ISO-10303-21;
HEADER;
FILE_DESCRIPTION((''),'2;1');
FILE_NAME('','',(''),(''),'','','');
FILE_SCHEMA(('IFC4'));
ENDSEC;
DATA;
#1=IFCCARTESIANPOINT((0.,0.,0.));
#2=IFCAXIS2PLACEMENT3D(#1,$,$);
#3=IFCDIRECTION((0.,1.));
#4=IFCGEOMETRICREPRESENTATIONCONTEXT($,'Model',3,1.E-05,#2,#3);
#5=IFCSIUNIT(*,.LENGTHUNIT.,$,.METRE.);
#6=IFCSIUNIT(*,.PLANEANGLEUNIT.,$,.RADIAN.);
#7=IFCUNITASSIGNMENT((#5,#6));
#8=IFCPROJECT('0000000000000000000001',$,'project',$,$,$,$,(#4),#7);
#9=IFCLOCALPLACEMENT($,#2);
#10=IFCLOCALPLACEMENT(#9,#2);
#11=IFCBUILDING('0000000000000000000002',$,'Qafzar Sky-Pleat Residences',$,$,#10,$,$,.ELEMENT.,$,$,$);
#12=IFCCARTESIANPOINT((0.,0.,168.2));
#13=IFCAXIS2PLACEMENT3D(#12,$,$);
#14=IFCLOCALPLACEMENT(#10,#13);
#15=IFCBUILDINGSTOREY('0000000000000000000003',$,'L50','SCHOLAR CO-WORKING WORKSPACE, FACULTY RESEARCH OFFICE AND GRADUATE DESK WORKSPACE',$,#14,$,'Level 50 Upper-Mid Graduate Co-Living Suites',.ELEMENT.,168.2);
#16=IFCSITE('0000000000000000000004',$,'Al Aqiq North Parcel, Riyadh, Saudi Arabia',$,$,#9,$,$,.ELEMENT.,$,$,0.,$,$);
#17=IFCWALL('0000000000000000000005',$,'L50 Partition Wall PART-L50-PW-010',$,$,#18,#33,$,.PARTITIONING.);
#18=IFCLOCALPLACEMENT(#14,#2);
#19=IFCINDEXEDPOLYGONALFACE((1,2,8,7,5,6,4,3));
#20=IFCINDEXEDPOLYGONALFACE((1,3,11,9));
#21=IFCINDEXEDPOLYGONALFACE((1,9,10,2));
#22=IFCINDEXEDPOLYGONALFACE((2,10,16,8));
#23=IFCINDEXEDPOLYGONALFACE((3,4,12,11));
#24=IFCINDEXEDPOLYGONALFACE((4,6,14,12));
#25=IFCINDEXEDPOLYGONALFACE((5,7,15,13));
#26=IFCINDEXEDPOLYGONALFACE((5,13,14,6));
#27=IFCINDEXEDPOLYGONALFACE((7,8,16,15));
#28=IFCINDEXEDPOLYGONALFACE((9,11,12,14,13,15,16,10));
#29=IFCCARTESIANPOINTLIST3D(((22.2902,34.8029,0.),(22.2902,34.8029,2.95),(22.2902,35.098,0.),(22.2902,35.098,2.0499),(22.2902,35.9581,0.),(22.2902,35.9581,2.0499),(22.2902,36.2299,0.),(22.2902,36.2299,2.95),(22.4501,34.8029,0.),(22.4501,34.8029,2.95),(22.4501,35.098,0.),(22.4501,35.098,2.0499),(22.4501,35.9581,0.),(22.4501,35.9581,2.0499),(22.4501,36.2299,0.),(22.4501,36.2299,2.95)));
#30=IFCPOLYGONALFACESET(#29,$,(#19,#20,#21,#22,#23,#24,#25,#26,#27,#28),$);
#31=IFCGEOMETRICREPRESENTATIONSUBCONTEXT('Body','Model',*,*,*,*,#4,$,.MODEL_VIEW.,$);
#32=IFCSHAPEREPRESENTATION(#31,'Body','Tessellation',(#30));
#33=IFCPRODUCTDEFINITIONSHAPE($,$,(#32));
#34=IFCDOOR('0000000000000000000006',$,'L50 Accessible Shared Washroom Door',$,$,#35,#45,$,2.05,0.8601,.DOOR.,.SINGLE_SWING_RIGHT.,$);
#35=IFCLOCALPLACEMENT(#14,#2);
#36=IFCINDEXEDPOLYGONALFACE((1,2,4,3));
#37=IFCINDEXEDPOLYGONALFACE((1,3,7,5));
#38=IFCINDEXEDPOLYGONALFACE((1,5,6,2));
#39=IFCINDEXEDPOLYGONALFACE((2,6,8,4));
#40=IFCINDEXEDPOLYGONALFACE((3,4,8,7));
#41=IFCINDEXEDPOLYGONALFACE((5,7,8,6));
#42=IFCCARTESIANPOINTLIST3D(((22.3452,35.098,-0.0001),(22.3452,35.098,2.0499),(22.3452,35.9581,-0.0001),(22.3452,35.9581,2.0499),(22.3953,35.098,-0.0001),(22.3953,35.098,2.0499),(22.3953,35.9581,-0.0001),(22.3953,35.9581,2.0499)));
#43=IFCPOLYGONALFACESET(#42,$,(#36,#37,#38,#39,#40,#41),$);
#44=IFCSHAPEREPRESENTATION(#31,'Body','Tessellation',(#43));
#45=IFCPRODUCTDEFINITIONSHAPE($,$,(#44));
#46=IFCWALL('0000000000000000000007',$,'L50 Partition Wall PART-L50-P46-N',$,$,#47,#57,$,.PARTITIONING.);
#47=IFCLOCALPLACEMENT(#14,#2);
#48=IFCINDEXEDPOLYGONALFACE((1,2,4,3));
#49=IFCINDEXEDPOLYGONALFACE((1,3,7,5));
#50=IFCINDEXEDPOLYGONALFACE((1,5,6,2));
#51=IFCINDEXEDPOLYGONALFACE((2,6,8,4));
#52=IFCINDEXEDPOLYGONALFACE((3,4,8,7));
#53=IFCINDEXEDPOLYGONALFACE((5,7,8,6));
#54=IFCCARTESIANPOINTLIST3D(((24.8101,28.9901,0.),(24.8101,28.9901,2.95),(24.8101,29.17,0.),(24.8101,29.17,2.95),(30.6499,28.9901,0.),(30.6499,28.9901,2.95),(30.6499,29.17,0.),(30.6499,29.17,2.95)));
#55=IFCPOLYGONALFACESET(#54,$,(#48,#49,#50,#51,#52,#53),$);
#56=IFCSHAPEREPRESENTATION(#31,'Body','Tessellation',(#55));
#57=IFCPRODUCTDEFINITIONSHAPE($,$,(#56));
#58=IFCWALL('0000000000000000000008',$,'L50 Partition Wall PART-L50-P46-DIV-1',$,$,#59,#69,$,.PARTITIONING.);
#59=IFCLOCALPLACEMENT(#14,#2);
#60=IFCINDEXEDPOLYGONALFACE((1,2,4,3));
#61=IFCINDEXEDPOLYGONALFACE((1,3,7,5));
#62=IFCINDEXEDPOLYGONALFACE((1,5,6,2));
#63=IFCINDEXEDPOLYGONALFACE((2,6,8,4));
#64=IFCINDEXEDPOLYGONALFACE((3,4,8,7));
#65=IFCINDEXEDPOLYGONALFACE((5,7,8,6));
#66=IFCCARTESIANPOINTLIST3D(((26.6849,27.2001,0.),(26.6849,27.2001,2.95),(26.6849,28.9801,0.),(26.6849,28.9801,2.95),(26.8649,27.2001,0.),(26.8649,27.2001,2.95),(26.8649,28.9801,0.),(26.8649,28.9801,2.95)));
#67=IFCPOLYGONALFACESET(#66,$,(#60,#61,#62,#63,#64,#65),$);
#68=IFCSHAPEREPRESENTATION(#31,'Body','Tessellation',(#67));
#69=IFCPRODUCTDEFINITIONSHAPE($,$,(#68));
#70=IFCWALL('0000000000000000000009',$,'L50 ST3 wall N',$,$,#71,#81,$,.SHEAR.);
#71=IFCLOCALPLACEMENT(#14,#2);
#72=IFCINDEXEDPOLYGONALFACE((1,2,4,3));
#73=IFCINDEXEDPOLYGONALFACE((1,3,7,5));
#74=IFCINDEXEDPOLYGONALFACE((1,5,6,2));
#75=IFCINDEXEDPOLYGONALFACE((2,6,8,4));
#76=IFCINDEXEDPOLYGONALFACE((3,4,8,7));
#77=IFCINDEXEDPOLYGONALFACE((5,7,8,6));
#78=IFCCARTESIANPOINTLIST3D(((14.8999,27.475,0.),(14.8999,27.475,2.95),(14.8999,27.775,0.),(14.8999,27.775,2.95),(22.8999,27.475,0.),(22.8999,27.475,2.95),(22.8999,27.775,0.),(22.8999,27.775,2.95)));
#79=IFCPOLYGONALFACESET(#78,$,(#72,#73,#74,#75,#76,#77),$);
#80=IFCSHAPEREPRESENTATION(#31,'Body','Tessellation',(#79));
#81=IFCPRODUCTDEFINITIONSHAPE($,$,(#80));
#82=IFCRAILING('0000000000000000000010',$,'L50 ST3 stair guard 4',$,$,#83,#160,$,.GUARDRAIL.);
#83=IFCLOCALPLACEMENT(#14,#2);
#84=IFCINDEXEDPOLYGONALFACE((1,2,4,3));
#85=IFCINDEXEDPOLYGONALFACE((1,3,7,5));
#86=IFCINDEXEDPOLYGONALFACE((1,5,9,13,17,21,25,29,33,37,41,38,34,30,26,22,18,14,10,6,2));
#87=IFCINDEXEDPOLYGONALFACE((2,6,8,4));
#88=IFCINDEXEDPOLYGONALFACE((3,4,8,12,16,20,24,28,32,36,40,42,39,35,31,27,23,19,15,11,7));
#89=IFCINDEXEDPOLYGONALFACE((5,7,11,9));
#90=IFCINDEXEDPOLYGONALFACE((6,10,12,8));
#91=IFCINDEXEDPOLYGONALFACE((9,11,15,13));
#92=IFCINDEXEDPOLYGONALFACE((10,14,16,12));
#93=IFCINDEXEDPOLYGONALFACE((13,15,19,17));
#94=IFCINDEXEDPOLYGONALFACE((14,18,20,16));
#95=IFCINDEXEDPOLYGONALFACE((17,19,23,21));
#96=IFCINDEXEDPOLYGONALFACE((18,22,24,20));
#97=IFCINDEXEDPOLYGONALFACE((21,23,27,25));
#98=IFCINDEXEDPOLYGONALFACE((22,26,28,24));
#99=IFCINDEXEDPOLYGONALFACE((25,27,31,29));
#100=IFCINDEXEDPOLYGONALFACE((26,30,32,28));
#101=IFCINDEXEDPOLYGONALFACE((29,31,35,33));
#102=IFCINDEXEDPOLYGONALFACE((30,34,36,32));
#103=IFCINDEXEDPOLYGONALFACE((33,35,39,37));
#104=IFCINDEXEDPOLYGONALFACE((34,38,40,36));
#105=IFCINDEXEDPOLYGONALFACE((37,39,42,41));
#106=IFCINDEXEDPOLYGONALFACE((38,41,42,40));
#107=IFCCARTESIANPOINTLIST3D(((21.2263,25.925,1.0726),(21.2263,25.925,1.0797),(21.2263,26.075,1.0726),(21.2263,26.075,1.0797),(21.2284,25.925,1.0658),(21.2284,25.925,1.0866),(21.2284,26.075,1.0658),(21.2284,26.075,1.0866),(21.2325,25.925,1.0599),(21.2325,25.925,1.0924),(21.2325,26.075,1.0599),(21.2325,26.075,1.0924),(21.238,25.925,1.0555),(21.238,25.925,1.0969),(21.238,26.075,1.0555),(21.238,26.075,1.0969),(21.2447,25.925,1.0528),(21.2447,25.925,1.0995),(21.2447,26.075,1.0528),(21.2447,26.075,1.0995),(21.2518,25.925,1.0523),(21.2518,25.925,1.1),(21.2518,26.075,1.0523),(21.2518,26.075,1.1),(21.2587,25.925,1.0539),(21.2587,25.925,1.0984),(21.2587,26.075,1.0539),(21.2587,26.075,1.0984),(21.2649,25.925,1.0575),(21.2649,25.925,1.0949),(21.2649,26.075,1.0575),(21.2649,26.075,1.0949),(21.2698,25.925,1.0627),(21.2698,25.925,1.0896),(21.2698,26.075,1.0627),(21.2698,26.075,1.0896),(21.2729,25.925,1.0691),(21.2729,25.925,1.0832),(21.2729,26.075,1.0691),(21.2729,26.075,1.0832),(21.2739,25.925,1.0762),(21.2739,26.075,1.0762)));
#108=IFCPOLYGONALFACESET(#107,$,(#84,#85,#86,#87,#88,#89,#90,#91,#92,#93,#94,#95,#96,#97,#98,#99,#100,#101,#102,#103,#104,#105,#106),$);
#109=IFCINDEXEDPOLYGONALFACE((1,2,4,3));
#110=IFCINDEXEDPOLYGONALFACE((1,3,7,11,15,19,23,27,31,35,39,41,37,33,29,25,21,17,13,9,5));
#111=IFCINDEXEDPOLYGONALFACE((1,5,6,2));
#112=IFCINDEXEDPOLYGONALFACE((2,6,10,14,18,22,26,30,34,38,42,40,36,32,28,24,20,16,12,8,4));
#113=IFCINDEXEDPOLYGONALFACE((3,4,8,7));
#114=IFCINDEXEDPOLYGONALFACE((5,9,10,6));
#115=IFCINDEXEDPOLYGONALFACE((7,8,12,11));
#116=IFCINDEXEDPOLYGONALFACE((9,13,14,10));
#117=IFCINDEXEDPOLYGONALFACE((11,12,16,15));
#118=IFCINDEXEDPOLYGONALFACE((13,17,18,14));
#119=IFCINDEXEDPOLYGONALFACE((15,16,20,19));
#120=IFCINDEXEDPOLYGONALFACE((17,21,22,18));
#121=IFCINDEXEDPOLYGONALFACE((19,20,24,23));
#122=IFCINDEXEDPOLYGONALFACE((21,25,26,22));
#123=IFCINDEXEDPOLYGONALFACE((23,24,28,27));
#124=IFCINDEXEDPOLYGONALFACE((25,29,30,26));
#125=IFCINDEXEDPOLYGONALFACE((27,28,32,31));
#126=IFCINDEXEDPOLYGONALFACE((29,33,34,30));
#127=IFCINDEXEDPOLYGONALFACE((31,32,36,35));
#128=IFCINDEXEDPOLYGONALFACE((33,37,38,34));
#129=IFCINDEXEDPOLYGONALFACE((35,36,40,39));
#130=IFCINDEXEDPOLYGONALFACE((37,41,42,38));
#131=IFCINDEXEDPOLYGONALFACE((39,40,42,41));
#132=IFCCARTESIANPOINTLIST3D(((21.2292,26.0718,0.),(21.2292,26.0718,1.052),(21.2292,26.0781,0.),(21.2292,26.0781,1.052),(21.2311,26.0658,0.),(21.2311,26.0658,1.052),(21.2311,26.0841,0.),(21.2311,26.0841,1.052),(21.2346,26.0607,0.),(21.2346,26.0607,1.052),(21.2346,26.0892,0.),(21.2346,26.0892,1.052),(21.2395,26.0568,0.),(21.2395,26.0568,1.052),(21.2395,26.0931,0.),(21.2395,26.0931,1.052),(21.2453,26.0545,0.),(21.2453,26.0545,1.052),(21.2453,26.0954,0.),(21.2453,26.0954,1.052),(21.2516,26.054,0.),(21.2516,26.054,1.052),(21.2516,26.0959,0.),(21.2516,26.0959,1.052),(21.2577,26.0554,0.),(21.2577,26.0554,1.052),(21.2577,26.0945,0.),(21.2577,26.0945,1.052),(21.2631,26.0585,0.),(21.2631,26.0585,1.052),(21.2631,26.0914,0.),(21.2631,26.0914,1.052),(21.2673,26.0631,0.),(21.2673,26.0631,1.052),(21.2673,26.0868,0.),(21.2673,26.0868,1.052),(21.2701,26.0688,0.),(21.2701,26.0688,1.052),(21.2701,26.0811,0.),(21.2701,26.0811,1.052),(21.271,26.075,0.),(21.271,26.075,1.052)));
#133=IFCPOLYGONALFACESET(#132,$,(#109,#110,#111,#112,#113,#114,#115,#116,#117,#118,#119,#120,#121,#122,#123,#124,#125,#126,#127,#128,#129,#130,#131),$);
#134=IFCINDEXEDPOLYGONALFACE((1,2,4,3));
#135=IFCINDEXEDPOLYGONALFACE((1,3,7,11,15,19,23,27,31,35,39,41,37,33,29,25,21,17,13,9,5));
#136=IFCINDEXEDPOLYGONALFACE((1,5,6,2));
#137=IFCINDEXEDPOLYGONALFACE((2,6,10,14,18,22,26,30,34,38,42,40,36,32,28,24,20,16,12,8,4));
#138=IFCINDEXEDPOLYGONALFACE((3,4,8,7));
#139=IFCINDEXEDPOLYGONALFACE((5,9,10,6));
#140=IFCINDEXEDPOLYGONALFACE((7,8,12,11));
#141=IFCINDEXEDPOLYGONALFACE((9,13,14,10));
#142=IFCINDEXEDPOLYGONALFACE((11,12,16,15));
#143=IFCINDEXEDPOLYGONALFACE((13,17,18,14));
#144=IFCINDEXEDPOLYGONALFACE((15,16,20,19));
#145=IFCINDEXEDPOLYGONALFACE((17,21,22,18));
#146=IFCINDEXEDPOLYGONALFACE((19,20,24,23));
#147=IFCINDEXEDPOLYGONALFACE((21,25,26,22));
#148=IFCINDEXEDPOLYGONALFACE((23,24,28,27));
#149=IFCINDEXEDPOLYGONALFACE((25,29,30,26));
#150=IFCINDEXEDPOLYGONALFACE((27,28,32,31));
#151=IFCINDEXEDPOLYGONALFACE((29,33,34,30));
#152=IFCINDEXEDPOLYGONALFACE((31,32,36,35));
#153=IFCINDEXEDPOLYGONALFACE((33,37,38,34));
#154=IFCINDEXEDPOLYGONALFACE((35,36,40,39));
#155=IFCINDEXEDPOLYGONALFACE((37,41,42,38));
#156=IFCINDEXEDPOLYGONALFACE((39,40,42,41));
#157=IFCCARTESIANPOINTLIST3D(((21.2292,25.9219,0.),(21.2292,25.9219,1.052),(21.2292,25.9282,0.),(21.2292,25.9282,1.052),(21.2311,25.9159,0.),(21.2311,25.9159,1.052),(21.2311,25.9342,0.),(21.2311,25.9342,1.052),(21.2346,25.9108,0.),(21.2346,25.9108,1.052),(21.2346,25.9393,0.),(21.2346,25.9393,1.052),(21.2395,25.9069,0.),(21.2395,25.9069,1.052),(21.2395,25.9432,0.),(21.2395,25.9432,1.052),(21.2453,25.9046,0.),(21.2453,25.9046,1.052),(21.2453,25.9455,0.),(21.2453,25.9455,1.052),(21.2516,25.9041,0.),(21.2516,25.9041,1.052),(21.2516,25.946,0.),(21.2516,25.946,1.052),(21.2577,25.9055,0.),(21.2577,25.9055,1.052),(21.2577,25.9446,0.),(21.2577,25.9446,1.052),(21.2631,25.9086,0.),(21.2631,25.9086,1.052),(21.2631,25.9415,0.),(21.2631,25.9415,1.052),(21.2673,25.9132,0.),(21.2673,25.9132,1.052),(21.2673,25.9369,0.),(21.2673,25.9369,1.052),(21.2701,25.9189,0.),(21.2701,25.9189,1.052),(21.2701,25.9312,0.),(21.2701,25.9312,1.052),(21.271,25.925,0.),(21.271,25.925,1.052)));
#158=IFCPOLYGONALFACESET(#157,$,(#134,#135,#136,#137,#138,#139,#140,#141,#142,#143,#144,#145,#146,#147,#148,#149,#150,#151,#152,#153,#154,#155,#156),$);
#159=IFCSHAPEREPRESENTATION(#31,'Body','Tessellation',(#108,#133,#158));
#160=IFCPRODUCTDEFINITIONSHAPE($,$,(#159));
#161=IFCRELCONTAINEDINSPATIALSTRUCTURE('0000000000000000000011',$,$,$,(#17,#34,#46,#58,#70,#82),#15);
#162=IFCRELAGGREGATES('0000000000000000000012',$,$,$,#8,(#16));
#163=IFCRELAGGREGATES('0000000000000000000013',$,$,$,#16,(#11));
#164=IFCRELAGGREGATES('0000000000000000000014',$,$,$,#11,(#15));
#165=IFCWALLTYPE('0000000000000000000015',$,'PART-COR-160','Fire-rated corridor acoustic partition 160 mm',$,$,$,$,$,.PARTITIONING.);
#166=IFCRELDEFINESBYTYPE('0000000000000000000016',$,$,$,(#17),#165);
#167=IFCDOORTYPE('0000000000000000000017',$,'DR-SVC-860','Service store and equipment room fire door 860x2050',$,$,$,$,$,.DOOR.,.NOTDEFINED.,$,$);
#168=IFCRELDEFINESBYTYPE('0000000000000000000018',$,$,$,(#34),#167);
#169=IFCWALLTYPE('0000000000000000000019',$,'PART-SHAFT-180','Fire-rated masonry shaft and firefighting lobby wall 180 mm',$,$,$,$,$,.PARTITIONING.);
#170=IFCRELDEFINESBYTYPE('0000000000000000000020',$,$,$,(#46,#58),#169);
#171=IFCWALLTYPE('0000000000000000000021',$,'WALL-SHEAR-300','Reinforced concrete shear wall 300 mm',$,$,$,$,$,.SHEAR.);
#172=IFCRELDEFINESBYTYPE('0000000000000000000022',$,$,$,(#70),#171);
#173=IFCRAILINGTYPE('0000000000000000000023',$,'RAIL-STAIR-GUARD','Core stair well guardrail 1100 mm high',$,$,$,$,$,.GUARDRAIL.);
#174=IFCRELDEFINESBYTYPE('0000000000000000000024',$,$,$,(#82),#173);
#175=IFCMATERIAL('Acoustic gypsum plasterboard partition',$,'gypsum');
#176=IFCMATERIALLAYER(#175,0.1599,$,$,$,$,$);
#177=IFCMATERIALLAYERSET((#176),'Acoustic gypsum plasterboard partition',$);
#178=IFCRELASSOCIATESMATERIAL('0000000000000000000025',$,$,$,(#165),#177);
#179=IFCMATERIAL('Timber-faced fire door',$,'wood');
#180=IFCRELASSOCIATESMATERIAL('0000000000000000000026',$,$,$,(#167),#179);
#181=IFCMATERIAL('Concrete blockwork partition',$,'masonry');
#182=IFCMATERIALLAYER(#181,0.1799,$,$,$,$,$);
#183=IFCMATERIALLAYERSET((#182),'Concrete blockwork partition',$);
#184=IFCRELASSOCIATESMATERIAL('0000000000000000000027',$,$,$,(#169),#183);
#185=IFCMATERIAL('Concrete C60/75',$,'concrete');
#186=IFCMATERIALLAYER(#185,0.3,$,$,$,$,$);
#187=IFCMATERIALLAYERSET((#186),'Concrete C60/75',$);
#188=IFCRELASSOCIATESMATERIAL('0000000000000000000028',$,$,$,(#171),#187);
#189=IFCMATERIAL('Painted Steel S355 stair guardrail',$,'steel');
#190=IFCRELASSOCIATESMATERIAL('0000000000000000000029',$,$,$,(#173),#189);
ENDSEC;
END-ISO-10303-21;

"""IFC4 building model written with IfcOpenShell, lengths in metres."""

from ifc_helpers import new_model, si_unit, direction, frame, frame_2d, origin, origin_2d, place, context, subcontext, project, spatial, rectangle, circle, extrude, source, transform, mapped, material, layer, layer_set, type_object, element, fill, save


model = new_model("IFC4")

# Units and contexts
model_context = context("Model", 3, precision=1e-05, world=origin(), true_north=direction((0.0, 1.0)))
body_context = subcontext(model_context, "Body", "Model", "MODEL_VIEW")
ifc_project = project(units=[si_unit("LENGTHUNIT", "METRE"), si_unit("PLANEANGLEUNIT", "RADIAN")], contexts=[model_context])

# Site, building, storey
site_placement = place(None, origin())
site = spatial("IfcSite", under=ifc_project, at=site_placement, Name="Al Aqiq North Parcel, Riyadh, Saudi Arabia", CompositionType="ELEMENT", RefElevation=0.0)
building_placement = place(site_placement, origin())
building = spatial("IfcBuilding", under=site, at=building_placement, Name="Qafzar Sky-Pleat Residences", CompositionType="ELEMENT")
storey_placement = place(building_placement, frame((0.0, 0.0, 168.2)))
storey = spatial("IfcBuildingStorey", under=building, at=storey_placement, Name="L50", Description="SCHOLAR CO-WORKING WORKSPACE, FACULTY RESEARCH OFFICE AND GRADUATE DESK WORKSPACE", LongName="Level 50 Upper-Mid Graduate Co-Living Suites", CompositionType="ELEMENT", Elevation=168.2)

# Wall, opening, door
ifc_material_1 = material(Name="Acoustic gypsum plasterboard partition", Category="gypsum")
ifc_layer_1 = layer(ifc_material_1, 0.1599)
ifc_layer_set_1 = layer_set([ifc_layer_1], Name="Acoustic gypsum plasterboard partition")
wall_type_1 = type_object("IfcWallType", Name="PART-COR-160", Description="Fire-rated corridor acoustic partition 160 mm", PredefinedType="PARTITIONING", material=ifc_layer_set_1)
ifc_material_2 = material(Name="Timber-faced fire door", Category="wood")
wall_1_placement = place(storey_placement, frame((22.3701, 34.803, 0.0), z_axis=(0.0, 0.0, 1.0), x_axis=(0.0, 1.0, 0.0)))
wall_1 = element("IfcWall", 1, at=wall_1_placement, inside=storey, type_object=wall_type_1, Name="L50 Partition Wall PART-L50-PW-010", PredefinedType="PARTITIONING", context=body_context, shape_type="SweptSolid", body=[
    extrude(rectangle(XDim=1.427, YDim=0.1599, at=frame_2d((0.7134, 0.0))), origin(), (0.0, 0.0, 1.0), 2.95),
])
opening_1_placement = place(wall_1_placement, frame((0.2949, 0.0, 0.0)))
opening_1 = element("IfcOpeningElement", 2, at=opening_1_placement, cuts=wall_1, PredefinedType="OPENING", context=body_context, shape_type="SweptSolid", body=[
    extrude(rectangle(XDim=0.8601, YDim=2.05, at=frame_2d((0.4302, 1.0249))), frame((0.0, 0.0898, 0.0), z_axis=(0.0, -1.0, 0.0), x_axis=(1.0, 0.0, 0.0)), (0.0, 0.0, 1.0), 0.1799),
])
door_type_1 = type_object("IfcDoorType", Name="DR-SVC-860", Description="Service store and equipment room fire door 860x2050", OperationType="NOTDEFINED", PredefinedType="DOOR", material=ifc_material_2)
shared_shape_1 = source(origin(), body_context, "Body", "SweptSolid", [
    extrude(rectangle(XDim=0.8601, YDim=2.05, at=frame_2d((0.4302, 1.0249))), frame((0.0, 0.0249, 0.0), z_axis=(0.0, -1.0, 0.0), x_axis=(1.0, 0.0, 0.0)), (0.0, 0.0, 1.0), 0.05),
])
door_1_placement = place(opening_1_placement, origin())
door_1 = element("IfcDoor", 3, at=door_1_placement, inside=storey, type_object=door_type_1, Name="L50 Accessible Shared Washroom Door", OperationType="SINGLE_SWING_RIGHT", OverallHeight=2.05, OverallWidth=0.8601, PredefinedType="DOOR", context=body_context, shape_type="MappedRepresentation", body=[
    mapped(shared_shape_1, transform((0.0, 0.0, 0.0), x_axis=(1.0, 0.0, 0.0), y_axis=(0.0, 1.0, 0.0), z_axis=(0.0, 0.0, 1.0), scale=1.0)),
])
fill(opening_1, door_1)

# Wall
ifc_material_3 = material(Name="Concrete blockwork partition", Category="masonry")
ifc_layer_2 = layer(ifc_material_3, 0.1799)
ifc_layer_set_2 = layer_set([ifc_layer_2], Name="Concrete blockwork partition")
wall_type_2 = type_object("IfcWallType", Name="PART-SHAFT-180", Description="Fire-rated masonry shaft and firefighting lobby wall 180 mm", PredefinedType="PARTITIONING", material=ifc_layer_set_2)
wall_2_placement = place(storey_placement, frame((24.8101, 29.0801, 0.0), z_axis=(0.0, 0.0, 1.0), x_axis=(1.0, 0.0, 0.0)))
element("IfcWall", 4, at=wall_2_placement, inside=storey, type_object=wall_type_2, Name="L50 Partition Wall PART-L50-P46-N", PredefinedType="PARTITIONING", context=body_context, shape_type="SweptSolid", body=[
    extrude(rectangle(XDim=5.8398, YDim=0.1799, at=frame_2d((2.9199, 0.0))), origin(), (0.0, 0.0, 1.0), 2.95),
])

# Wall
wall_3_placement = place(storey_placement, frame((26.7749, 27.2, 0.0), z_axis=(0.0, 0.0, 1.0), x_axis=(0.0, 1.0, 0.0)))
element("IfcWall", 5, at=wall_3_placement, inside=storey, type_object=wall_type_2, Name="L50 Partition Wall PART-L50-P46-DIV-1", PredefinedType="PARTITIONING", context=body_context, shape_type="SweptSolid", body=[
    extrude(rectangle(XDim=1.78, YDim=0.1799, at=frame_2d((0.8901, 0.0))), origin(), (0.0, 0.0, 1.0), 2.95),
])

# Shared definitions
ifc_material_4 = material(Name="Concrete C60/75", Category="concrete")
ifc_layer_3 = layer(ifc_material_4, 0.3)
ifc_layer_set_3 = layer_set([ifc_layer_3], Name="Concrete C60/75")
wall_type_3 = type_object("IfcWallType", Name="WALL-SHEAR-300", Description="Reinforced concrete shear wall 300 mm", PredefinedType="SHEAR", material=ifc_layer_set_3)

# Wall
wall_4_placement = place(storey_placement, frame((22.8999, 27.625, 0.0), z_axis=(0.0, 0.0, 1.0), x_axis=(-1.0, 0.0, 0.0)))
element("IfcWall", 6, at=wall_4_placement, inside=storey, type_object=wall_type_3, Name="L50 ST3 wall N", PredefinedType="SHEAR", context=body_context, shape_type="SweptSolid", body=[
    extrude(rectangle(XDim=8.0, YDim=0.3, at=frame_2d((4.0, 0.0))), origin(), (0.0, 0.0, 1.0), 2.95),
])

# Railing
ifc_material_5 = material(Name="Painted Steel S355 stair guardrail", Category="steel")
railing_type_1 = type_object("IfcRailingType", Name="RAIL-STAIR-GUARD", Description="Core stair well guardrail 1100 mm high", PredefinedType="GUARDRAIL", material=ifc_material_5)
shared_shape_2 = source(origin(), body_context, "Body", "SweptSolid", [
    extrude(circle(Radius=0.0239, at=origin_2d()), frame((0.0, 0.0, 1.0762), z_axis=(0.0, -1.0, 0.0), x_axis=(1.0, 0.0, 0.0)), (0.0, 0.0, 1.0), 0.1499),
    extrude(circle(Radius=0.021, at=origin_2d()), origin(), (0.0, 0.0, 1.0), 1.052),
    extrude(circle(Radius=0.021, at=origin_2d()), frame((0.0, -0.1499, 0.0)), (0.0, 0.0, 1.0), 1.052),
])
railing_1_placement = place(storey_placement, frame((21.25, 26.075, 0.0)))
element("IfcRailing", 7, at=railing_1_placement, inside=storey, type_object=railing_type_1, Name="L50 ST3 stair guard 4", PredefinedType="GUARDRAIL", context=body_context, shape_type="MappedRepresentation", body=[
    mapped(shared_shape_2, transform((0.0, 0.0, 0.0), x_axis=(1.0, 0.0, 0.0), y_axis=(0.0, 1.0, 0.0), z_axis=(0.0, 0.0, 1.0), scale=1.0)),
])

save(model, "model.ifc")
